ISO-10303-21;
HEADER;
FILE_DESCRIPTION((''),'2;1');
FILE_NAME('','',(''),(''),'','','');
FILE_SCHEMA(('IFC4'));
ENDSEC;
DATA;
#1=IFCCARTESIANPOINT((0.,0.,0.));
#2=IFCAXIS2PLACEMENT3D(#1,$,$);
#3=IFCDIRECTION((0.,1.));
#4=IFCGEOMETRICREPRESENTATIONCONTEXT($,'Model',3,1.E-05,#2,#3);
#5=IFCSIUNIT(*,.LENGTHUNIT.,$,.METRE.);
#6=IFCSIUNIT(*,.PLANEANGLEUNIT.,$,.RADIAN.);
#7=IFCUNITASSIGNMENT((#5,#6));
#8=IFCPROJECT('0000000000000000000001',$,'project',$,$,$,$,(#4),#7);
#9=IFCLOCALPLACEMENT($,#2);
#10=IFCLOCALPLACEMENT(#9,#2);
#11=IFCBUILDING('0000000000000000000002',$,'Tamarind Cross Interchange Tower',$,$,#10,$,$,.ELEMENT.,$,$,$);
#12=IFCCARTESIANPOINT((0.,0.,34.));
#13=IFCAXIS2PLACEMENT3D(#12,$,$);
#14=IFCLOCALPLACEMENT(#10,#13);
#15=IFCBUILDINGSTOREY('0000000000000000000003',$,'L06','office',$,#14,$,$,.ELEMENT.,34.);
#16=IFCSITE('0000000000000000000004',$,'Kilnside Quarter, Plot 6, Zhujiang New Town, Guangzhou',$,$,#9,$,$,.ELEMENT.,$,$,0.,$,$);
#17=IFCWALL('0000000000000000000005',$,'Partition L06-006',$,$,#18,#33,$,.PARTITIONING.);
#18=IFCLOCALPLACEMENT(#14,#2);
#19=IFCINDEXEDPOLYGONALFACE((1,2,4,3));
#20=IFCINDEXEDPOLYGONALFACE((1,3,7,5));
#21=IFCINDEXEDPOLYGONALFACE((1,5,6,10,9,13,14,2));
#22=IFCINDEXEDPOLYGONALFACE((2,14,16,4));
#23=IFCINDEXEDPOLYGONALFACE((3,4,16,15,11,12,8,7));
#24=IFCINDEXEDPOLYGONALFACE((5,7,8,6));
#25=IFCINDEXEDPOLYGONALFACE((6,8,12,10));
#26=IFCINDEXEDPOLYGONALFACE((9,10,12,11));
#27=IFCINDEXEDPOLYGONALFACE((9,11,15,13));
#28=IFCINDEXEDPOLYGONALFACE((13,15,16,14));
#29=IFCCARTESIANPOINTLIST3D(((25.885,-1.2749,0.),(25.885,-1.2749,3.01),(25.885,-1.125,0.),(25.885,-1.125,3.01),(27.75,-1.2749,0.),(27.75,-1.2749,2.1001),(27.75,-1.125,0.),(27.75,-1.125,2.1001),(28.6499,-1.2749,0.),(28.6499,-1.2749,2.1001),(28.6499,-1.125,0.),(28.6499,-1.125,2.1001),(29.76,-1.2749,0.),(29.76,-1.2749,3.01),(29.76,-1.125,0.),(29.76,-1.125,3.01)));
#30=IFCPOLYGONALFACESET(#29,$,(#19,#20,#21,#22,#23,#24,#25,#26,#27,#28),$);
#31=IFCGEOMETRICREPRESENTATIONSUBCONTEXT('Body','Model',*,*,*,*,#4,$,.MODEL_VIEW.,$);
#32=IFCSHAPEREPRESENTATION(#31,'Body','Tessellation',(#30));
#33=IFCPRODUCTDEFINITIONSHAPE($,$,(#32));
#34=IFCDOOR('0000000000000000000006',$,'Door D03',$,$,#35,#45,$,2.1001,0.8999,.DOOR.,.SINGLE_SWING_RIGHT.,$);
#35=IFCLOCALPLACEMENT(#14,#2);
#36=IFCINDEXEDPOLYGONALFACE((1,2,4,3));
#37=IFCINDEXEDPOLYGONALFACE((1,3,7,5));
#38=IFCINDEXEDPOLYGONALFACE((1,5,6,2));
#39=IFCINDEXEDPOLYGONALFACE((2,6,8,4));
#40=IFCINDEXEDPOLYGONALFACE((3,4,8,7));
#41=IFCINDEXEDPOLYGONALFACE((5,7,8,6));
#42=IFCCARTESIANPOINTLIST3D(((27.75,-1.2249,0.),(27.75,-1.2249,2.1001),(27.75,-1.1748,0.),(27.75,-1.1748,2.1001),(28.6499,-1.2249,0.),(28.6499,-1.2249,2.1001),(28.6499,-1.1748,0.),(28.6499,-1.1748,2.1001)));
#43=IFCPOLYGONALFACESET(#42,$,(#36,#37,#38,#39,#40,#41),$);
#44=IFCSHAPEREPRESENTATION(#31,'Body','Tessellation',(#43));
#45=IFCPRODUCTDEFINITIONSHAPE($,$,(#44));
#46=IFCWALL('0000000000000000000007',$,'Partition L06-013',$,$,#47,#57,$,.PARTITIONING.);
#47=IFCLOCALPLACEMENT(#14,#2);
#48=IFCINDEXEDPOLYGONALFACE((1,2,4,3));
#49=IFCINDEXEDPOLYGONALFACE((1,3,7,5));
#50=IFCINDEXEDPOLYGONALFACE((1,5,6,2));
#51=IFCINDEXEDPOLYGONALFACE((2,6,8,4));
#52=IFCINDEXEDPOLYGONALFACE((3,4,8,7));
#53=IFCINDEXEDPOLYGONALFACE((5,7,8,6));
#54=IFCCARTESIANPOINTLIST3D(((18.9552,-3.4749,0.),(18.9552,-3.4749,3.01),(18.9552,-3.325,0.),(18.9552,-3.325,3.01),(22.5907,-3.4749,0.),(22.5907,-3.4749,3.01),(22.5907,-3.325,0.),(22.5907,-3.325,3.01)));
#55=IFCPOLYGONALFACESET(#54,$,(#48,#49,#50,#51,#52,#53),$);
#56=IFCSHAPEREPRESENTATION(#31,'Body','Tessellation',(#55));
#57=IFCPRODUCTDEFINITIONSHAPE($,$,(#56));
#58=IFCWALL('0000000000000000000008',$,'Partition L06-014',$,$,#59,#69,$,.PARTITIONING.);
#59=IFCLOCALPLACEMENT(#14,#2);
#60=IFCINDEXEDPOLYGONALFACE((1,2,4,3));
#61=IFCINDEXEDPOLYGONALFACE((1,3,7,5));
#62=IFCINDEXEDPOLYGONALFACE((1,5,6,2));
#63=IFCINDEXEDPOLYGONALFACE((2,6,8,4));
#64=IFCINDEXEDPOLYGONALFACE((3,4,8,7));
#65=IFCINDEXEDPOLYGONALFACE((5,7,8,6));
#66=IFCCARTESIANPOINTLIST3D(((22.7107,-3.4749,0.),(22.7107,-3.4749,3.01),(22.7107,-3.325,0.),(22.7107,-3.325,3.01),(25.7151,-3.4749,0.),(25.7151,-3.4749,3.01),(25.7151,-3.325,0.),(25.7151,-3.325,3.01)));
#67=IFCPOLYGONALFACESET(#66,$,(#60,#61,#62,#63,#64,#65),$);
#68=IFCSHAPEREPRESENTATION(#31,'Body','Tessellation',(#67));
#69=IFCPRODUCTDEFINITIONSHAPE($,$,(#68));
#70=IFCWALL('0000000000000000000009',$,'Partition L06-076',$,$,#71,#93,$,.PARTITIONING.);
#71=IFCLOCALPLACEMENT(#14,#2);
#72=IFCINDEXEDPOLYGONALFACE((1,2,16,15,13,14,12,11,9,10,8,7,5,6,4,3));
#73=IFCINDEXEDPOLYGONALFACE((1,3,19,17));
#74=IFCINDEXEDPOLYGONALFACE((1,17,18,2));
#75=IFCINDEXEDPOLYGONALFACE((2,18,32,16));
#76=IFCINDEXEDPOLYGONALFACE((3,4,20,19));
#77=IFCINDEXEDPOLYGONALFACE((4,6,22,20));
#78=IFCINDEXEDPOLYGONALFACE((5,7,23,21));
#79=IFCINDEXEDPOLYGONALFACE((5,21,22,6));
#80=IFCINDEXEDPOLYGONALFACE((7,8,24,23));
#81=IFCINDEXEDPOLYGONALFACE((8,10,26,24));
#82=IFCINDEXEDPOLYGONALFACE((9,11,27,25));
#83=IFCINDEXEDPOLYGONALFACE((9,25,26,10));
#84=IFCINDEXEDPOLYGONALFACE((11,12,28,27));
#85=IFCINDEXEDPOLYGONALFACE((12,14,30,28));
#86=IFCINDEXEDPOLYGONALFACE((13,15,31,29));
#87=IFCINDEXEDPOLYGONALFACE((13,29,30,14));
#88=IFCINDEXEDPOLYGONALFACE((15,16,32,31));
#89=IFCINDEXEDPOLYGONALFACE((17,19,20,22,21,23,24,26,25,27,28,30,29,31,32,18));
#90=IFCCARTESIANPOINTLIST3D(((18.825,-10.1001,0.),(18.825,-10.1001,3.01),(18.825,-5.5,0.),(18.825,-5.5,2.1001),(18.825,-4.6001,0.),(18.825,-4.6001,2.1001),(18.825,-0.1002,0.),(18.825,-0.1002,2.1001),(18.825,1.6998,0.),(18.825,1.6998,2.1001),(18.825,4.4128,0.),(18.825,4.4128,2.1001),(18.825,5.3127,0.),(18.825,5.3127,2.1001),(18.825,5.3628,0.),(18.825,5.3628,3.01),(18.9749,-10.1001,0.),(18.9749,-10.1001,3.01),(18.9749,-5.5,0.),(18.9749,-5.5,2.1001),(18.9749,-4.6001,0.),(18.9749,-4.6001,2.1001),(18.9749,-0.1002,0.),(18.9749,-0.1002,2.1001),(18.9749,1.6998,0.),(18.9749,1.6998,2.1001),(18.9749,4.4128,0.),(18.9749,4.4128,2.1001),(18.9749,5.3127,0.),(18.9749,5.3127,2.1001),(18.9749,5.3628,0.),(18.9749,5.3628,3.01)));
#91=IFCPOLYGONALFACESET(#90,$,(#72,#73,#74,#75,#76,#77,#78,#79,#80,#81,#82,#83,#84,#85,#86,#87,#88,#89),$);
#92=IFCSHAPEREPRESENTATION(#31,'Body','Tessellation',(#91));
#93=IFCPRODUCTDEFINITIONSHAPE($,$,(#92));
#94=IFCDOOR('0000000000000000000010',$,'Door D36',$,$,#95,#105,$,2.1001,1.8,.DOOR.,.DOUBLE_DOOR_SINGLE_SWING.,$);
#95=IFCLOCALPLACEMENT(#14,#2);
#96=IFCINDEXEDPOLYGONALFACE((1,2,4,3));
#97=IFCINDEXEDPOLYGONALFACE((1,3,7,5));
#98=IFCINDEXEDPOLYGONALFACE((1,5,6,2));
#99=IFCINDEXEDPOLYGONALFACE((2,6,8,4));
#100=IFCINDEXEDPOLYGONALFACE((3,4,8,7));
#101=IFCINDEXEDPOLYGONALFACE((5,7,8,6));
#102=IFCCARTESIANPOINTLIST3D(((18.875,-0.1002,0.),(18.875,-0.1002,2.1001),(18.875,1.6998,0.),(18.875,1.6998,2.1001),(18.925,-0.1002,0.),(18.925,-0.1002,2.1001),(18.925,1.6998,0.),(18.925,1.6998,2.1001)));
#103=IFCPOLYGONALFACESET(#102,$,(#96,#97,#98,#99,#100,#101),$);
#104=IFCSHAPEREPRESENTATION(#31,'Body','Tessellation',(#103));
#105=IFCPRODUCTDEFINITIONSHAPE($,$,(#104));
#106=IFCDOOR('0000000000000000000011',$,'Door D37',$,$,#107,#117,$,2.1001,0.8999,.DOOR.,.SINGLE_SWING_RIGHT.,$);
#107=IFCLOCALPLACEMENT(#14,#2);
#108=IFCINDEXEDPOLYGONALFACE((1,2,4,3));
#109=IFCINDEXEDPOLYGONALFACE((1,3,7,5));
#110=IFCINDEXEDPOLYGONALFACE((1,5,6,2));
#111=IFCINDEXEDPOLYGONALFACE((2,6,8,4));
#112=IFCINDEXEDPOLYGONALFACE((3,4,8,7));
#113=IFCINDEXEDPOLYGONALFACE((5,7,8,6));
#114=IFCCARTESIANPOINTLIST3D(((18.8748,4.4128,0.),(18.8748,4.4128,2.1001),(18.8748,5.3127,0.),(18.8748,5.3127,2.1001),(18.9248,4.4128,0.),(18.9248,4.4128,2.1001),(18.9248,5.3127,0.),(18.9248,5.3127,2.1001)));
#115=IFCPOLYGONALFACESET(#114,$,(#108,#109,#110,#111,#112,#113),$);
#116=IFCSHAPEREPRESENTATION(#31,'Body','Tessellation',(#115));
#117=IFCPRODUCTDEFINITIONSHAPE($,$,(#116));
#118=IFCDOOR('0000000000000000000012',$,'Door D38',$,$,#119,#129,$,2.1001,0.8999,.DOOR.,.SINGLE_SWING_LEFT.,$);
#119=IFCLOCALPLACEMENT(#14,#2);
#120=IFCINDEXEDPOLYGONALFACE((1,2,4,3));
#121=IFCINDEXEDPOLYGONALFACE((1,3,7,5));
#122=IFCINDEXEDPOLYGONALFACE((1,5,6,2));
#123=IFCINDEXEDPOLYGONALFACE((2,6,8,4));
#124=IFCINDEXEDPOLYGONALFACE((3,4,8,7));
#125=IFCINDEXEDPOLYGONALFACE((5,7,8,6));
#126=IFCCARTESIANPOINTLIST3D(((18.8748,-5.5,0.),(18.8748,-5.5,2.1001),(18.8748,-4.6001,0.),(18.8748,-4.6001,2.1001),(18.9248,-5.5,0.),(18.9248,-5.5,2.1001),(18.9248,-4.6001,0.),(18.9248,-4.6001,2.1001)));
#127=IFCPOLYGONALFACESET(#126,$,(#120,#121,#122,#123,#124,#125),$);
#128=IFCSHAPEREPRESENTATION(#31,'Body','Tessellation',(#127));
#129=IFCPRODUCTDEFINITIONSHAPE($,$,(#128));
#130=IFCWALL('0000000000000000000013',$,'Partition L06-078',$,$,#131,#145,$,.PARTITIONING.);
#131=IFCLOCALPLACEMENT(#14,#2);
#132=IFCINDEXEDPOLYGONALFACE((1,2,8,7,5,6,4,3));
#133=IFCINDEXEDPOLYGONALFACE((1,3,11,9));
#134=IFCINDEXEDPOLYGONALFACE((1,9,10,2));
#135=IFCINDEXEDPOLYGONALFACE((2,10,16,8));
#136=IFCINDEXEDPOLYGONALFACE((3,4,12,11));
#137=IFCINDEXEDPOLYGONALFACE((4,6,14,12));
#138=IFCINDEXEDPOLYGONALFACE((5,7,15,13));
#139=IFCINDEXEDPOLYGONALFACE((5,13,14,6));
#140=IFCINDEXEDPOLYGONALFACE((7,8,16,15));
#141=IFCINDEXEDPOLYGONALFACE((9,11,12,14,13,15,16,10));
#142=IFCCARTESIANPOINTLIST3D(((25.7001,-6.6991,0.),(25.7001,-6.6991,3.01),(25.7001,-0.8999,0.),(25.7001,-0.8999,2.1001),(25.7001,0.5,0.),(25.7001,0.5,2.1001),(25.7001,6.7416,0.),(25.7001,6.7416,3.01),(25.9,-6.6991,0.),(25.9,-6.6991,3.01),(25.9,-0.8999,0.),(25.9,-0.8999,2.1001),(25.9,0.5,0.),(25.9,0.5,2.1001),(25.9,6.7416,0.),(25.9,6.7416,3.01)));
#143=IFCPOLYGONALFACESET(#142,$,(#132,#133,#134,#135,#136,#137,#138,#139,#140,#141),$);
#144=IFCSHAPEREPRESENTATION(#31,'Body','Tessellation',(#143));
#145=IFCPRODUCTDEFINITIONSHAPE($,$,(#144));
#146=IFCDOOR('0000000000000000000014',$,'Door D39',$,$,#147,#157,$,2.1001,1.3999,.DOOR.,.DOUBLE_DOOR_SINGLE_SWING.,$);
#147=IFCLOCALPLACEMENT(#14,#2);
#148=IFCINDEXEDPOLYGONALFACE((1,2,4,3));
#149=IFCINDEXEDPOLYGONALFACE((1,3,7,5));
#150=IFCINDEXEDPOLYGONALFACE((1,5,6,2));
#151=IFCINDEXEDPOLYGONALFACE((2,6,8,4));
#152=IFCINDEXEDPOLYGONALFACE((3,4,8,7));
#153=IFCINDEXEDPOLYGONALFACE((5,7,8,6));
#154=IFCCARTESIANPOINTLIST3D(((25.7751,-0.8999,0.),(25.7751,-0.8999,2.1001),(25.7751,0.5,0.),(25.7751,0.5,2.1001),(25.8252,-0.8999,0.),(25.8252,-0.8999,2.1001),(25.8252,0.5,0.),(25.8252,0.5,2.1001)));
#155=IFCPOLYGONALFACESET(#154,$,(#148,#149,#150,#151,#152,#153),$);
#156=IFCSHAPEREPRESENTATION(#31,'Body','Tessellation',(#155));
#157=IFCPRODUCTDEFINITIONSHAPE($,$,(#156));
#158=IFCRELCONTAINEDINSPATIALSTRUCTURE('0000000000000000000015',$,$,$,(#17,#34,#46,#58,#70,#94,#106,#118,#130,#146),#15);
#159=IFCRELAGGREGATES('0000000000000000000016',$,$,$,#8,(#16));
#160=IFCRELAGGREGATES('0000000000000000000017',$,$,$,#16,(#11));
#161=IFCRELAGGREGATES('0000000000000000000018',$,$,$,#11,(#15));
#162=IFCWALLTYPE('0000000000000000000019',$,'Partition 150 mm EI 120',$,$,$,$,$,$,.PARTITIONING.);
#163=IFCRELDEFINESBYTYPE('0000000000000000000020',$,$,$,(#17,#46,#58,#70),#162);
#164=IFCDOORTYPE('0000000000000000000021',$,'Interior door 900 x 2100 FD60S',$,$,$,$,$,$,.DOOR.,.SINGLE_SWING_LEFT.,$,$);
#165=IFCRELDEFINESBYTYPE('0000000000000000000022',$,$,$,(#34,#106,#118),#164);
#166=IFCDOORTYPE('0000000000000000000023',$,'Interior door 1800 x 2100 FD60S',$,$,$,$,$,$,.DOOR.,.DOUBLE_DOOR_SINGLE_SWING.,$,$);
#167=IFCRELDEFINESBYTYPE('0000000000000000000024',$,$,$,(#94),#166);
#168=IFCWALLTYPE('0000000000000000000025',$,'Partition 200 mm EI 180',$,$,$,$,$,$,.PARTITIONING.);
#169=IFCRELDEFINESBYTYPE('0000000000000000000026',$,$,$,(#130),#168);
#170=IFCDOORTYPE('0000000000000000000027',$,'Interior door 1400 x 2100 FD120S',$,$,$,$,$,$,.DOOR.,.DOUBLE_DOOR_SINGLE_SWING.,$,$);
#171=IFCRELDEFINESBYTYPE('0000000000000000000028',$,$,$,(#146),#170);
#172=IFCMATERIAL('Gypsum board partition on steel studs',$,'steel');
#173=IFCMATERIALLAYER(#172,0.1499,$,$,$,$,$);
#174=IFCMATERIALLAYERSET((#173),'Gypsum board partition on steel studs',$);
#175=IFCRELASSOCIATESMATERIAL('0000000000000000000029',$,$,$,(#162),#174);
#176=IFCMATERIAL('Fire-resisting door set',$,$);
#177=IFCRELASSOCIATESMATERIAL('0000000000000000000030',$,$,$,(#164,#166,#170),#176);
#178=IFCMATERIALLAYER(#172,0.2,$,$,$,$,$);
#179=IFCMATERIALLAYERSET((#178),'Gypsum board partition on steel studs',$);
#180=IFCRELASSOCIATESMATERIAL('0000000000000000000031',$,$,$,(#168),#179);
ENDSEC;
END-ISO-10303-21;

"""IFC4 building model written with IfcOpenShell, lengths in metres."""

from ifc_helpers import new_model, si_unit, direction, frame, frame_2d, origin, place, context, subcontext, project, spatial, rectangle, extrude, material, layer, layer_set, type_object, element, fill, save


model = new_model("IFC4")

# Units and contexts
model_context = context("Model", 3, precision=1e-05, world=origin(), true_north=direction((0.0, 1.0)))
body_context = subcontext(model_context, "Body", "Model", "MODEL_VIEW")
ifc_project = project(units=[si_unit("LENGTHUNIT", "METRE"), si_unit("PLANEANGLEUNIT", "RADIAN")], contexts=[model_context])

# Site, building, storey
site_placement = place(None, origin())
site = spatial("IfcSite", under=ifc_project, at=site_placement, Name="Kilnside Quarter, Plot 6, Zhujiang New Town, Guangzhou", CompositionType="ELEMENT", RefElevation=0.0)
building_placement = place(site_placement, origin())
building = spatial("IfcBuilding", under=site, at=building_placement, Name="Tamarind Cross Interchange Tower", CompositionType="ELEMENT")
storey_placement = place(building_placement, frame((0.0, 0.0, 34.0)))
storey = spatial("IfcBuildingStorey", under=building, at=storey_placement, Name="L06", Description="office", CompositionType="ELEMENT", Elevation=34.0)

# Shared definitions
ifc_material_1 = material(Name="Gypsum board partition on steel studs", Category="steel")

# Wall, opening, door
ifc_layer_1 = layer(ifc_material_1, 0.1499)
ifc_layer_set_1 = layer_set([ifc_layer_1], Name="Gypsum board partition on steel studs")
wall_type_1 = type_object("IfcWallType", Name="Partition 150 mm EI 120", PredefinedType="PARTITIONING", material=ifc_layer_set_1)
wall_1_placement = place(storey_placement, frame((25.885, -1.2, 0.0), z_axis=(0.0, 0.0, 1.0), x_axis=(1.0, 0.0, 0.0)))
wall_1 = element("IfcWall", 1, at=wall_1_placement, inside=storey, type_object=wall_type_1, Name="Partition L06-006", PredefinedType="PARTITIONING", context=body_context, shape_type="SweptSolid", body=[
    extrude(rectangle(XDim=3.875, YDim=0.1499, at=frame_2d((1.9375, 0.0))), origin(), (0.0, 0.0, 1.0), 3.01),
])
opening_1_placement = place(wall_1_placement, frame((1.865, 0.0, 0.0)))
opening_1 = element("IfcOpeningElement", 2, at=opening_1_placement, cuts=wall_1, PredefinedType="OPENING", context=body_context, shape_type="SweptSolid", body=[
    extrude(rectangle(XDim=0.8999, YDim=2.1001, at=frame_2d((0.45, 1.05))), frame((0.0, 0.085, 0.0), z_axis=(0.0, -1.0, 0.0), x_axis=(1.0, 0.0, 0.0)), (0.0, 0.0, 1.0), 0.1699),
])
ifc_material_2 = material(Name="Fire-resisting door set")
door_type_1 = type_object("IfcDoorType", Name="Interior door 900 x 2100 FD60S", OperationType="SINGLE_SWING_LEFT", PredefinedType="DOOR", material=ifc_material_2)
door_1_placement = place(opening_1_placement, frame((0.8999, 0.0, 0.0), z_axis=(0.0, 0.0, 1.0), x_axis=(-1.0, 0.0, 0.0)))
door_1 = element("IfcDoor", 3, at=door_1_placement, inside=storey, type_object=door_type_1, Name="Door D03", OperationType="SINGLE_SWING_RIGHT", OverallHeight=2.1001, OverallWidth=0.8999, PredefinedType="DOOR", context=body_context, shape_type="SweptSolid", body=[
    extrude(rectangle(XDim=0.8999, YDim=2.1001, at=frame_2d((0.45, 1.05))), frame((0.0, 0.0249, 0.0), z_axis=(0.0, -1.0, 0.0), x_axis=(1.0, 0.0, 0.0)), (0.0, 0.0, 1.0), 0.05),
])
fill(opening_1, door_1)

# Walls
wall_2_placement = place(storey_placement, frame((18.9551, -3.3999, 0.0), z_axis=(0.0, 0.0, 1.0), x_axis=(1.0, 0.0, 0.0)))
element("IfcWall", 4, at=wall_2_placement, inside=storey, type_object=wall_type_1, Name="Partition L06-013", PredefinedType="PARTITIONING", context=body_context, shape_type="SweptSolid", body=[
    extrude(rectangle(XDim=3.6355, YDim=0.1499, at=frame_2d((1.8179, 0.0))), origin(), (0.0, 0.0, 1.0), 3.01),
])
wall_3_placement = place(storey_placement, frame((22.7107, -3.3999, 0.0), z_axis=(0.0, 0.0, 1.0), x_axis=(1.0, 0.0, 0.0)))
element("IfcWall", 5, at=wall_3_placement, inside=storey, type_object=wall_type_1, Name="Partition L06-014", PredefinedType="PARTITIONING", context=body_context, shape_type="SweptSolid", body=[
    extrude(rectangle(XDim=3.0044, YDim=0.1499, at=frame_2d((1.5022, 0.0))), origin(), (0.0, 0.0, 1.0), 3.01),
])

# Wall, openings, doors
wall_4_placement = place(storey_placement, frame((18.8999, -10.1001, 0.0), z_axis=(0.0, 0.0, 1.0), x_axis=(0.0, 1.0, 0.0)))
wall_4 = element("IfcWall", 6, at=wall_4_placement, inside=storey, type_object=wall_type_1, Name="Partition L06-076", PredefinedType="PARTITIONING", context=body_context, shape_type="SweptSolid", body=[
    extrude(rectangle(XDim=15.4629, YDim=0.1499, at=frame_2d((7.7314, 0.0))), origin(), (0.0, 0.0, 1.0), 3.01),
])
opening_2_placement = place(wall_4_placement, frame((10.0, 0.0, 0.0)))
opening_2 = element("IfcOpeningElement", 7, at=opening_2_placement, cuts=wall_4, PredefinedType="OPENING", context=body_context, shape_type="SweptSolid", body=[
    extrude(rectangle(XDim=1.8, YDim=2.1001, at=frame_2d((0.8999, 1.05))), frame((0.0, 0.085, 0.0), z_axis=(0.0, -1.0, 0.0), x_axis=(1.0, 0.0, 0.0)), (0.0, 0.0, 1.0), 0.1699),
])
opening_3_placement = place(wall_4_placement, frame((14.5129, 0.0, 0.0)))
opening_3 = element("IfcOpeningElement", 8, at=opening_3_placement, cuts=wall_4, PredefinedType="OPENING", context=body_context, shape_type="SweptSolid", body=[
    extrude(rectangle(XDim=0.8999, YDim=2.1001, at=frame_2d((0.45, 1.05))), frame((0.0, 0.085, 0.0), z_axis=(0.0, -1.0, 0.0), x_axis=(1.0, 0.0, 0.0)), (0.0, 0.0, 1.0), 0.1699),
])
opening_4_placement = place(wall_4_placement, frame((4.6001, 0.0, 0.0)))
opening_4 = element("IfcOpeningElement", 9, at=opening_4_placement, cuts=wall_4, PredefinedType="OPENING", context=body_context, shape_type="SweptSolid", body=[
    extrude(rectangle(XDim=0.8999, YDim=2.1001, at=frame_2d((0.45, 1.05))), frame((0.0, 0.085, 0.0), z_axis=(0.0, -1.0, 0.0), x_axis=(1.0, 0.0, 0.0)), (0.0, 0.0, 1.0), 0.1699),
])
door_type_2 = type_object("IfcDoorType", Name="Interior door 1800 x 2100 FD60S", OperationType="DOUBLE_DOOR_SINGLE_SWING", PredefinedType="DOOR", material=ifc_material_2)
door_2_placement = place(opening_2_placement, origin())
door_2 = element("IfcDoor", 10, at=door_2_placement, inside=storey, type_object=door_type_2, Name="Door D36", OperationType="DOUBLE_DOOR_SINGLE_SWING", OverallHeight=2.1001, OverallWidth=1.8, PredefinedType="DOOR", context=body_context, shape_type="SweptSolid", body=[
    extrude(rectangle(XDim=1.8, YDim=2.1001, at=frame_2d((0.8999, 1.05))), frame((0.0, 0.0249, 0.0), z_axis=(0.0, -1.0, 0.0), x_axis=(1.0, 0.0, 0.0)), (0.0, 0.0, 1.0), 0.05),
])
fill(opening_2, door_2)
door_3_placement = place(opening_3_placement, frame((0.8999, 0.0, 0.0), z_axis=(0.0, 0.0, 1.0), x_axis=(-1.0, 0.0, 0.0)))
door_3 = element("IfcDoor", 11, at=door_3_placement, inside=storey, type_object=door_type_1, Name="Door D37", OperationType="SINGLE_SWING_RIGHT", OverallHeight=2.1001, OverallWidth=0.8999, PredefinedType="DOOR", context=body_context, shape_type="SweptSolid", body=[
    extrude(rectangle(XDim=0.8999, YDim=2.1001, at=frame_2d((0.45, 1.05))), frame((0.0, 0.0249, 0.0), z_axis=(0.0, -1.0, 0.0), x_axis=(1.0, 0.0, 0.0)), (0.0, 0.0, 1.0), 0.05),
])
fill(opening_3, door_3)
door_4_placement = place(opening_4_placement, frame((0.8999, 0.0, 0.0), z_axis=(0.0, 0.0, 1.0), x_axis=(-1.0, 0.0, 0.0)))
door_4 = element("IfcDoor", 12, at=door_4_placement, inside=storey, type_object=door_type_1, Name="Door D38", OperationType="SINGLE_SWING_LEFT", OverallHeight=2.1001, OverallWidth=0.8999, PredefinedType="DOOR", context=body_context, shape_type="SweptSolid", body=[
    extrude(rectangle(XDim=0.8999, YDim=2.1001, at=frame_2d((0.45, 1.05))), frame((0.0, 0.0249, 0.0), z_axis=(0.0, -1.0, 0.0), x_axis=(1.0, 0.0, 0.0)), (0.0, 0.0, 1.0), 0.05),
])
fill(opening_4, door_4)

# Wall, opening, door
ifc_layer_2 = layer(ifc_material_1, 0.2)
ifc_layer_set_2 = layer_set([ifc_layer_2], Name="Gypsum board partition on steel studs")
wall_type_2 = type_object("IfcWallType", Name="Partition 200 mm EI 180", PredefinedType="PARTITIONING", material=ifc_layer_set_2)
wall_5_placement = place(storey_placement, frame((25.8, -6.699, 0.0), z_axis=(0.0, 0.0, 1.0), x_axis=(0.0, 1.0, 0.0)))
wall_5 = element("IfcWall", 13, at=wall_5_placement, inside=storey, type_object=wall_type_2, Name="Partition L06-078", PredefinedType="PARTITIONING", context=body_context, shape_type="SweptSolid", body=[
    extrude(rectangle(XDim=13.4407, YDim=0.2, at=frame_2d((6.7202, 0.0))), origin(), (0.0, 0.0, 1.0), 3.01),
])
opening_5_placement = place(wall_5_placement, frame((5.7991, 0.0, 0.0)))
opening_5 = element("IfcOpeningElement", 14, at=opening_5_placement, cuts=wall_5, PredefinedType="OPENING", context=body_context, shape_type="SweptSolid", body=[
    extrude(rectangle(XDim=1.3999, YDim=2.1001, at=frame_2d((0.7, 1.05))), frame((0.0, 0.1099, 0.0), z_axis=(0.0, -1.0, 0.0), x_axis=(1.0, 0.0, 0.0)), (0.0, 0.0, 1.0), 0.22),
])
door_type_3 = type_object("IfcDoorType", Name="Interior door 1400 x 2100 FD120S", OperationType="DOUBLE_DOOR_SINGLE_SWING", PredefinedType="DOOR", material=ifc_material_2)
door_5_placement = place(opening_5_placement, origin())
door_5 = element("IfcDoor", 15, at=door_5_placement, inside=storey, type_object=door_type_3, Name="Door D39", OperationType="DOUBLE_DOOR_SINGLE_SWING", OverallHeight=2.1001, OverallWidth=1.3999, PredefinedType="DOOR", context=body_context, shape_type="SweptSolid", body=[
    extrude(rectangle(XDim=1.3999, YDim=2.1001, at=frame_2d((0.7, 1.05))), frame((0.0, 0.0249, 0.0), z_axis=(0.0, -1.0, 0.0), x_axis=(1.0, 0.0, 0.0)), (0.0, 0.0, 1.0), 0.05),
])
fill(opening_5, door_5)

save(model, "model.ifc")
